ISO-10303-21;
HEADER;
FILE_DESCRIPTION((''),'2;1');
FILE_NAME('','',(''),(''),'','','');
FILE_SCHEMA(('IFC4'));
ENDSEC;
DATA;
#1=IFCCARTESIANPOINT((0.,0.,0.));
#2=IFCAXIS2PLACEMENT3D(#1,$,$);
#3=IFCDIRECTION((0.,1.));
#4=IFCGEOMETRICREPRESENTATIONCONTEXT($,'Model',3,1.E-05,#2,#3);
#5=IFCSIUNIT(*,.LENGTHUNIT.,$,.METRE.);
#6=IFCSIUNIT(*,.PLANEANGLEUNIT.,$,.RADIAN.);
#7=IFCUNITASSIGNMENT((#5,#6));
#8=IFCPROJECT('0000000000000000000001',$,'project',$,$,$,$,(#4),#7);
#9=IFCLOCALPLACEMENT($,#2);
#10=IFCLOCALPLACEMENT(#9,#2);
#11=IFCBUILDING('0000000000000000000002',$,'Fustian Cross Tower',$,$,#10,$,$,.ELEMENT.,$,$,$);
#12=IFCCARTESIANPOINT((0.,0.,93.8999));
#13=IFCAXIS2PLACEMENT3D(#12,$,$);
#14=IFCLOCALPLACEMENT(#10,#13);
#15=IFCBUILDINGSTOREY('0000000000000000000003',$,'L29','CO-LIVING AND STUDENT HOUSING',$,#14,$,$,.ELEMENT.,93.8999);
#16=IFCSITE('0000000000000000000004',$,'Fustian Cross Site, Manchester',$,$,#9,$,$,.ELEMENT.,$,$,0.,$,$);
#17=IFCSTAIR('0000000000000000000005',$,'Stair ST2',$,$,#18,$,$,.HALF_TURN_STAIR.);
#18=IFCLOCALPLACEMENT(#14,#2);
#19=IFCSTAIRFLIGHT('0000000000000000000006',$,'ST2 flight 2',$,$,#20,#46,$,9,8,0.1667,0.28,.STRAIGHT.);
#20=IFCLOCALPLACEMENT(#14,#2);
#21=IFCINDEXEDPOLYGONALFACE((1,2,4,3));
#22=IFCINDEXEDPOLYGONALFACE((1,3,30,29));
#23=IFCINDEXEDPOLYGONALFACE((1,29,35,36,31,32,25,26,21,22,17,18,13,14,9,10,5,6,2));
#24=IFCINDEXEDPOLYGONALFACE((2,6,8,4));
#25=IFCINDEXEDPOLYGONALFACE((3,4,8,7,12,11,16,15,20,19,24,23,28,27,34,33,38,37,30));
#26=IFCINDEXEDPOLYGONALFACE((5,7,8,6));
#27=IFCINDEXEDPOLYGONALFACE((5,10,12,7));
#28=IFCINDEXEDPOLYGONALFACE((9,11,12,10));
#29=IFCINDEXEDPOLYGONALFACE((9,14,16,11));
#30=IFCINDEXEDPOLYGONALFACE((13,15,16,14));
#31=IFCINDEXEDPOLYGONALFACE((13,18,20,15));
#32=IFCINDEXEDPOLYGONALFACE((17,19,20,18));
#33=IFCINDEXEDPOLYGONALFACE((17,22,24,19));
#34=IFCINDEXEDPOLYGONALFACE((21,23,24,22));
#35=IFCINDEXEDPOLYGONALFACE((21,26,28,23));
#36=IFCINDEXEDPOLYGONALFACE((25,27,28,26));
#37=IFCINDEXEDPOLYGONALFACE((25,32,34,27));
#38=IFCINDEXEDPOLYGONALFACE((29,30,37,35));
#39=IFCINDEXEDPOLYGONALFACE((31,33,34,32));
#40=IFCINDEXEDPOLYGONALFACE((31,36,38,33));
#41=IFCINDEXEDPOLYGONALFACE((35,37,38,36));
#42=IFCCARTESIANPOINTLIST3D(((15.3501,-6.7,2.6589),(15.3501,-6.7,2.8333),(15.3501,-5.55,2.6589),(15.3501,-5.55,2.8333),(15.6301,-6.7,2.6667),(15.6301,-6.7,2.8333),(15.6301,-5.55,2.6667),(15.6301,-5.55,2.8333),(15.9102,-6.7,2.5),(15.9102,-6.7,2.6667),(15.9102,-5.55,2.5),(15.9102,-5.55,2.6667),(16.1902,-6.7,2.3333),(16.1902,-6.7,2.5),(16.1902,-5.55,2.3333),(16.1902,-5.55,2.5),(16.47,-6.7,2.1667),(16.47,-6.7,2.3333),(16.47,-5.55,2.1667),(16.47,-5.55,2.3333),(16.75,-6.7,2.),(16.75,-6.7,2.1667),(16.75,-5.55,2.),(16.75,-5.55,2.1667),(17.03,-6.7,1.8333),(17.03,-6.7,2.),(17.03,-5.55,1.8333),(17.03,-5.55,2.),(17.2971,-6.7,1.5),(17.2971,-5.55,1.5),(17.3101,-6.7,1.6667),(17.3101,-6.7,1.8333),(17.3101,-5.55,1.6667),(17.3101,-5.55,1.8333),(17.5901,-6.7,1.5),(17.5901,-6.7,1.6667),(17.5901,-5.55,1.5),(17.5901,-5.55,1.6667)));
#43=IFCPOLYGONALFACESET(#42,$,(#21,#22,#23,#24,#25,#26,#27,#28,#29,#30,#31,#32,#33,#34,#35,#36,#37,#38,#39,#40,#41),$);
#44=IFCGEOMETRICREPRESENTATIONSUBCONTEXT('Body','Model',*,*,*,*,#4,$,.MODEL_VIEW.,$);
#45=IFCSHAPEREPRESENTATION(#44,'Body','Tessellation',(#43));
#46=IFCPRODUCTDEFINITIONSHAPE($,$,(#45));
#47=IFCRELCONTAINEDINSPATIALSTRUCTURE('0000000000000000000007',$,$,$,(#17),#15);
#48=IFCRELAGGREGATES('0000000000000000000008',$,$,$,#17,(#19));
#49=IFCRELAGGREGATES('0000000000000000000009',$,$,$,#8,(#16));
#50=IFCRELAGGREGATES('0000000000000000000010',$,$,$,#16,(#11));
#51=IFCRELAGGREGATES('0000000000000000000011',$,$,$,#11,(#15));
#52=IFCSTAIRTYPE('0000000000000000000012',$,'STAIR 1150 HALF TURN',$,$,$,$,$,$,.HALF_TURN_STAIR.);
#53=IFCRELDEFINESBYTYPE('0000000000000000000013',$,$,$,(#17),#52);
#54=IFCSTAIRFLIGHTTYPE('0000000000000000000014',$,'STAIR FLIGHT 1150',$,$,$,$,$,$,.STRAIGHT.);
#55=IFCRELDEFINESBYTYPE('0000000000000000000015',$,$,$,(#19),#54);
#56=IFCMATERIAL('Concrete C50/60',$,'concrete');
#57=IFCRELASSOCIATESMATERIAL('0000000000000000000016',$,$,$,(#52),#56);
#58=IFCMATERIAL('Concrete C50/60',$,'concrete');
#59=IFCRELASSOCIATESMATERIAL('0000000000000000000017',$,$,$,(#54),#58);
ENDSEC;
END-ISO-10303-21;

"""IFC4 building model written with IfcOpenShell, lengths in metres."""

from ifc_helpers import new_model, si_unit, direction, frame, origin, place, context, subcontext, project, spatial, polyline, outline, extrude, material, type_object, element, aggregate, save


model = new_model("IFC4")

# Units and contexts
model_context = context("Model", 3, precision=1e-05, world=origin(), true_north=direction((0.0, 1.0)))
body_context = subcontext(model_context, "Body", "Model", "MODEL_VIEW")
ifc_project = project(units=[si_unit("LENGTHUNIT", "METRE"), si_unit("PLANEANGLEUNIT", "RADIAN")], contexts=[model_context])

# Site, building, storey
site_placement = place(None, origin())
site = spatial("IfcSite", under=ifc_project, at=site_placement, Name="Fustian Cross Site, Manchester", CompositionType="ELEMENT", RefElevation=0.0)
building_placement = place(site_placement, origin())
building = spatial("IfcBuilding", under=site, at=building_placement, Name="Fustian Cross Tower", CompositionType="ELEMENT")
storey_placement = place(building_placement, frame((0.0, 0.0, 93.8999)))
storey = spatial("IfcBuildingStorey", under=building, at=storey_placement, Name="L29", Description="CO-LIVING AND STUDENT HOUSING", CompositionType="ELEMENT", Elevation=93.8999)

# Stair, stair flight
ifc_material_1 = material(Name="Concrete C50/60", Category="concrete")
stair_type = type_object("IfcStairType", Name="STAIR 1150 HALF TURN", PredefinedType="HALF_TURN_STAIR", material=ifc_material_1)
stair_placement = place(storey_placement, origin())
stair = element("IfcStair", 1, at=stair_placement, inside=storey, type_object=stair_type, Name="Stair ST2", PredefinedType="HALF_TURN_STAIR")
ifc_material_2 = material(Name="Concrete C50/60", Category="concrete")
stair_flight_type = type_object("IfcStairFlightType", Name="STAIR FLIGHT 1150", PredefinedType="STRAIGHT", material=ifc_material_2)
stair_flight_placement = place(storey_placement, frame((17.5901, -6.125, 1.5), z_axis=(0.0, 0.0, 1.0), x_axis=(-1.0, 0.0, 0.0)))
stair_flight = element("IfcStairFlight", 2, at=stair_flight_placement, type_object=stair_flight_type, Name="ST2 flight 2", NumberOfRisers=9, NumberOfTreads=8, PredefinedType="STRAIGHT", RiserHeight=0.1667, TreadLength=0.28, context=body_context, shape_type="SweptSolid", body=[
    extrude(outline(polyline([(0.0, 0.0), (0.0, 0.1667), (0.28, 0.1667), (0.28, 0.3333), (0.5601, 0.3333), (0.5601, 0.5), (0.8401, 0.5), (0.8401, 0.6667), (1.1201, 0.6667), (1.1201, 0.8333), (1.3999, 0.8333), (1.3999, 1.0), (1.6799, 1.0), (1.6799, 1.1667), (1.96, 1.1667), (1.96, 1.3333), (2.24, 1.3333), (2.24, 1.5), (2.24, 1.1589), (0.293, 0.0), (0.0, 0.0)])), frame((0.0, 0.575, 0.0), z_axis=(0.0, -1.0, 0.0), x_axis=(1.0, 0.0, 0.0)), (0.0, 0.0, 1.0), 1.1499),
])
aggregate(stair, [stair_flight])

save(model, "model.ifc")
